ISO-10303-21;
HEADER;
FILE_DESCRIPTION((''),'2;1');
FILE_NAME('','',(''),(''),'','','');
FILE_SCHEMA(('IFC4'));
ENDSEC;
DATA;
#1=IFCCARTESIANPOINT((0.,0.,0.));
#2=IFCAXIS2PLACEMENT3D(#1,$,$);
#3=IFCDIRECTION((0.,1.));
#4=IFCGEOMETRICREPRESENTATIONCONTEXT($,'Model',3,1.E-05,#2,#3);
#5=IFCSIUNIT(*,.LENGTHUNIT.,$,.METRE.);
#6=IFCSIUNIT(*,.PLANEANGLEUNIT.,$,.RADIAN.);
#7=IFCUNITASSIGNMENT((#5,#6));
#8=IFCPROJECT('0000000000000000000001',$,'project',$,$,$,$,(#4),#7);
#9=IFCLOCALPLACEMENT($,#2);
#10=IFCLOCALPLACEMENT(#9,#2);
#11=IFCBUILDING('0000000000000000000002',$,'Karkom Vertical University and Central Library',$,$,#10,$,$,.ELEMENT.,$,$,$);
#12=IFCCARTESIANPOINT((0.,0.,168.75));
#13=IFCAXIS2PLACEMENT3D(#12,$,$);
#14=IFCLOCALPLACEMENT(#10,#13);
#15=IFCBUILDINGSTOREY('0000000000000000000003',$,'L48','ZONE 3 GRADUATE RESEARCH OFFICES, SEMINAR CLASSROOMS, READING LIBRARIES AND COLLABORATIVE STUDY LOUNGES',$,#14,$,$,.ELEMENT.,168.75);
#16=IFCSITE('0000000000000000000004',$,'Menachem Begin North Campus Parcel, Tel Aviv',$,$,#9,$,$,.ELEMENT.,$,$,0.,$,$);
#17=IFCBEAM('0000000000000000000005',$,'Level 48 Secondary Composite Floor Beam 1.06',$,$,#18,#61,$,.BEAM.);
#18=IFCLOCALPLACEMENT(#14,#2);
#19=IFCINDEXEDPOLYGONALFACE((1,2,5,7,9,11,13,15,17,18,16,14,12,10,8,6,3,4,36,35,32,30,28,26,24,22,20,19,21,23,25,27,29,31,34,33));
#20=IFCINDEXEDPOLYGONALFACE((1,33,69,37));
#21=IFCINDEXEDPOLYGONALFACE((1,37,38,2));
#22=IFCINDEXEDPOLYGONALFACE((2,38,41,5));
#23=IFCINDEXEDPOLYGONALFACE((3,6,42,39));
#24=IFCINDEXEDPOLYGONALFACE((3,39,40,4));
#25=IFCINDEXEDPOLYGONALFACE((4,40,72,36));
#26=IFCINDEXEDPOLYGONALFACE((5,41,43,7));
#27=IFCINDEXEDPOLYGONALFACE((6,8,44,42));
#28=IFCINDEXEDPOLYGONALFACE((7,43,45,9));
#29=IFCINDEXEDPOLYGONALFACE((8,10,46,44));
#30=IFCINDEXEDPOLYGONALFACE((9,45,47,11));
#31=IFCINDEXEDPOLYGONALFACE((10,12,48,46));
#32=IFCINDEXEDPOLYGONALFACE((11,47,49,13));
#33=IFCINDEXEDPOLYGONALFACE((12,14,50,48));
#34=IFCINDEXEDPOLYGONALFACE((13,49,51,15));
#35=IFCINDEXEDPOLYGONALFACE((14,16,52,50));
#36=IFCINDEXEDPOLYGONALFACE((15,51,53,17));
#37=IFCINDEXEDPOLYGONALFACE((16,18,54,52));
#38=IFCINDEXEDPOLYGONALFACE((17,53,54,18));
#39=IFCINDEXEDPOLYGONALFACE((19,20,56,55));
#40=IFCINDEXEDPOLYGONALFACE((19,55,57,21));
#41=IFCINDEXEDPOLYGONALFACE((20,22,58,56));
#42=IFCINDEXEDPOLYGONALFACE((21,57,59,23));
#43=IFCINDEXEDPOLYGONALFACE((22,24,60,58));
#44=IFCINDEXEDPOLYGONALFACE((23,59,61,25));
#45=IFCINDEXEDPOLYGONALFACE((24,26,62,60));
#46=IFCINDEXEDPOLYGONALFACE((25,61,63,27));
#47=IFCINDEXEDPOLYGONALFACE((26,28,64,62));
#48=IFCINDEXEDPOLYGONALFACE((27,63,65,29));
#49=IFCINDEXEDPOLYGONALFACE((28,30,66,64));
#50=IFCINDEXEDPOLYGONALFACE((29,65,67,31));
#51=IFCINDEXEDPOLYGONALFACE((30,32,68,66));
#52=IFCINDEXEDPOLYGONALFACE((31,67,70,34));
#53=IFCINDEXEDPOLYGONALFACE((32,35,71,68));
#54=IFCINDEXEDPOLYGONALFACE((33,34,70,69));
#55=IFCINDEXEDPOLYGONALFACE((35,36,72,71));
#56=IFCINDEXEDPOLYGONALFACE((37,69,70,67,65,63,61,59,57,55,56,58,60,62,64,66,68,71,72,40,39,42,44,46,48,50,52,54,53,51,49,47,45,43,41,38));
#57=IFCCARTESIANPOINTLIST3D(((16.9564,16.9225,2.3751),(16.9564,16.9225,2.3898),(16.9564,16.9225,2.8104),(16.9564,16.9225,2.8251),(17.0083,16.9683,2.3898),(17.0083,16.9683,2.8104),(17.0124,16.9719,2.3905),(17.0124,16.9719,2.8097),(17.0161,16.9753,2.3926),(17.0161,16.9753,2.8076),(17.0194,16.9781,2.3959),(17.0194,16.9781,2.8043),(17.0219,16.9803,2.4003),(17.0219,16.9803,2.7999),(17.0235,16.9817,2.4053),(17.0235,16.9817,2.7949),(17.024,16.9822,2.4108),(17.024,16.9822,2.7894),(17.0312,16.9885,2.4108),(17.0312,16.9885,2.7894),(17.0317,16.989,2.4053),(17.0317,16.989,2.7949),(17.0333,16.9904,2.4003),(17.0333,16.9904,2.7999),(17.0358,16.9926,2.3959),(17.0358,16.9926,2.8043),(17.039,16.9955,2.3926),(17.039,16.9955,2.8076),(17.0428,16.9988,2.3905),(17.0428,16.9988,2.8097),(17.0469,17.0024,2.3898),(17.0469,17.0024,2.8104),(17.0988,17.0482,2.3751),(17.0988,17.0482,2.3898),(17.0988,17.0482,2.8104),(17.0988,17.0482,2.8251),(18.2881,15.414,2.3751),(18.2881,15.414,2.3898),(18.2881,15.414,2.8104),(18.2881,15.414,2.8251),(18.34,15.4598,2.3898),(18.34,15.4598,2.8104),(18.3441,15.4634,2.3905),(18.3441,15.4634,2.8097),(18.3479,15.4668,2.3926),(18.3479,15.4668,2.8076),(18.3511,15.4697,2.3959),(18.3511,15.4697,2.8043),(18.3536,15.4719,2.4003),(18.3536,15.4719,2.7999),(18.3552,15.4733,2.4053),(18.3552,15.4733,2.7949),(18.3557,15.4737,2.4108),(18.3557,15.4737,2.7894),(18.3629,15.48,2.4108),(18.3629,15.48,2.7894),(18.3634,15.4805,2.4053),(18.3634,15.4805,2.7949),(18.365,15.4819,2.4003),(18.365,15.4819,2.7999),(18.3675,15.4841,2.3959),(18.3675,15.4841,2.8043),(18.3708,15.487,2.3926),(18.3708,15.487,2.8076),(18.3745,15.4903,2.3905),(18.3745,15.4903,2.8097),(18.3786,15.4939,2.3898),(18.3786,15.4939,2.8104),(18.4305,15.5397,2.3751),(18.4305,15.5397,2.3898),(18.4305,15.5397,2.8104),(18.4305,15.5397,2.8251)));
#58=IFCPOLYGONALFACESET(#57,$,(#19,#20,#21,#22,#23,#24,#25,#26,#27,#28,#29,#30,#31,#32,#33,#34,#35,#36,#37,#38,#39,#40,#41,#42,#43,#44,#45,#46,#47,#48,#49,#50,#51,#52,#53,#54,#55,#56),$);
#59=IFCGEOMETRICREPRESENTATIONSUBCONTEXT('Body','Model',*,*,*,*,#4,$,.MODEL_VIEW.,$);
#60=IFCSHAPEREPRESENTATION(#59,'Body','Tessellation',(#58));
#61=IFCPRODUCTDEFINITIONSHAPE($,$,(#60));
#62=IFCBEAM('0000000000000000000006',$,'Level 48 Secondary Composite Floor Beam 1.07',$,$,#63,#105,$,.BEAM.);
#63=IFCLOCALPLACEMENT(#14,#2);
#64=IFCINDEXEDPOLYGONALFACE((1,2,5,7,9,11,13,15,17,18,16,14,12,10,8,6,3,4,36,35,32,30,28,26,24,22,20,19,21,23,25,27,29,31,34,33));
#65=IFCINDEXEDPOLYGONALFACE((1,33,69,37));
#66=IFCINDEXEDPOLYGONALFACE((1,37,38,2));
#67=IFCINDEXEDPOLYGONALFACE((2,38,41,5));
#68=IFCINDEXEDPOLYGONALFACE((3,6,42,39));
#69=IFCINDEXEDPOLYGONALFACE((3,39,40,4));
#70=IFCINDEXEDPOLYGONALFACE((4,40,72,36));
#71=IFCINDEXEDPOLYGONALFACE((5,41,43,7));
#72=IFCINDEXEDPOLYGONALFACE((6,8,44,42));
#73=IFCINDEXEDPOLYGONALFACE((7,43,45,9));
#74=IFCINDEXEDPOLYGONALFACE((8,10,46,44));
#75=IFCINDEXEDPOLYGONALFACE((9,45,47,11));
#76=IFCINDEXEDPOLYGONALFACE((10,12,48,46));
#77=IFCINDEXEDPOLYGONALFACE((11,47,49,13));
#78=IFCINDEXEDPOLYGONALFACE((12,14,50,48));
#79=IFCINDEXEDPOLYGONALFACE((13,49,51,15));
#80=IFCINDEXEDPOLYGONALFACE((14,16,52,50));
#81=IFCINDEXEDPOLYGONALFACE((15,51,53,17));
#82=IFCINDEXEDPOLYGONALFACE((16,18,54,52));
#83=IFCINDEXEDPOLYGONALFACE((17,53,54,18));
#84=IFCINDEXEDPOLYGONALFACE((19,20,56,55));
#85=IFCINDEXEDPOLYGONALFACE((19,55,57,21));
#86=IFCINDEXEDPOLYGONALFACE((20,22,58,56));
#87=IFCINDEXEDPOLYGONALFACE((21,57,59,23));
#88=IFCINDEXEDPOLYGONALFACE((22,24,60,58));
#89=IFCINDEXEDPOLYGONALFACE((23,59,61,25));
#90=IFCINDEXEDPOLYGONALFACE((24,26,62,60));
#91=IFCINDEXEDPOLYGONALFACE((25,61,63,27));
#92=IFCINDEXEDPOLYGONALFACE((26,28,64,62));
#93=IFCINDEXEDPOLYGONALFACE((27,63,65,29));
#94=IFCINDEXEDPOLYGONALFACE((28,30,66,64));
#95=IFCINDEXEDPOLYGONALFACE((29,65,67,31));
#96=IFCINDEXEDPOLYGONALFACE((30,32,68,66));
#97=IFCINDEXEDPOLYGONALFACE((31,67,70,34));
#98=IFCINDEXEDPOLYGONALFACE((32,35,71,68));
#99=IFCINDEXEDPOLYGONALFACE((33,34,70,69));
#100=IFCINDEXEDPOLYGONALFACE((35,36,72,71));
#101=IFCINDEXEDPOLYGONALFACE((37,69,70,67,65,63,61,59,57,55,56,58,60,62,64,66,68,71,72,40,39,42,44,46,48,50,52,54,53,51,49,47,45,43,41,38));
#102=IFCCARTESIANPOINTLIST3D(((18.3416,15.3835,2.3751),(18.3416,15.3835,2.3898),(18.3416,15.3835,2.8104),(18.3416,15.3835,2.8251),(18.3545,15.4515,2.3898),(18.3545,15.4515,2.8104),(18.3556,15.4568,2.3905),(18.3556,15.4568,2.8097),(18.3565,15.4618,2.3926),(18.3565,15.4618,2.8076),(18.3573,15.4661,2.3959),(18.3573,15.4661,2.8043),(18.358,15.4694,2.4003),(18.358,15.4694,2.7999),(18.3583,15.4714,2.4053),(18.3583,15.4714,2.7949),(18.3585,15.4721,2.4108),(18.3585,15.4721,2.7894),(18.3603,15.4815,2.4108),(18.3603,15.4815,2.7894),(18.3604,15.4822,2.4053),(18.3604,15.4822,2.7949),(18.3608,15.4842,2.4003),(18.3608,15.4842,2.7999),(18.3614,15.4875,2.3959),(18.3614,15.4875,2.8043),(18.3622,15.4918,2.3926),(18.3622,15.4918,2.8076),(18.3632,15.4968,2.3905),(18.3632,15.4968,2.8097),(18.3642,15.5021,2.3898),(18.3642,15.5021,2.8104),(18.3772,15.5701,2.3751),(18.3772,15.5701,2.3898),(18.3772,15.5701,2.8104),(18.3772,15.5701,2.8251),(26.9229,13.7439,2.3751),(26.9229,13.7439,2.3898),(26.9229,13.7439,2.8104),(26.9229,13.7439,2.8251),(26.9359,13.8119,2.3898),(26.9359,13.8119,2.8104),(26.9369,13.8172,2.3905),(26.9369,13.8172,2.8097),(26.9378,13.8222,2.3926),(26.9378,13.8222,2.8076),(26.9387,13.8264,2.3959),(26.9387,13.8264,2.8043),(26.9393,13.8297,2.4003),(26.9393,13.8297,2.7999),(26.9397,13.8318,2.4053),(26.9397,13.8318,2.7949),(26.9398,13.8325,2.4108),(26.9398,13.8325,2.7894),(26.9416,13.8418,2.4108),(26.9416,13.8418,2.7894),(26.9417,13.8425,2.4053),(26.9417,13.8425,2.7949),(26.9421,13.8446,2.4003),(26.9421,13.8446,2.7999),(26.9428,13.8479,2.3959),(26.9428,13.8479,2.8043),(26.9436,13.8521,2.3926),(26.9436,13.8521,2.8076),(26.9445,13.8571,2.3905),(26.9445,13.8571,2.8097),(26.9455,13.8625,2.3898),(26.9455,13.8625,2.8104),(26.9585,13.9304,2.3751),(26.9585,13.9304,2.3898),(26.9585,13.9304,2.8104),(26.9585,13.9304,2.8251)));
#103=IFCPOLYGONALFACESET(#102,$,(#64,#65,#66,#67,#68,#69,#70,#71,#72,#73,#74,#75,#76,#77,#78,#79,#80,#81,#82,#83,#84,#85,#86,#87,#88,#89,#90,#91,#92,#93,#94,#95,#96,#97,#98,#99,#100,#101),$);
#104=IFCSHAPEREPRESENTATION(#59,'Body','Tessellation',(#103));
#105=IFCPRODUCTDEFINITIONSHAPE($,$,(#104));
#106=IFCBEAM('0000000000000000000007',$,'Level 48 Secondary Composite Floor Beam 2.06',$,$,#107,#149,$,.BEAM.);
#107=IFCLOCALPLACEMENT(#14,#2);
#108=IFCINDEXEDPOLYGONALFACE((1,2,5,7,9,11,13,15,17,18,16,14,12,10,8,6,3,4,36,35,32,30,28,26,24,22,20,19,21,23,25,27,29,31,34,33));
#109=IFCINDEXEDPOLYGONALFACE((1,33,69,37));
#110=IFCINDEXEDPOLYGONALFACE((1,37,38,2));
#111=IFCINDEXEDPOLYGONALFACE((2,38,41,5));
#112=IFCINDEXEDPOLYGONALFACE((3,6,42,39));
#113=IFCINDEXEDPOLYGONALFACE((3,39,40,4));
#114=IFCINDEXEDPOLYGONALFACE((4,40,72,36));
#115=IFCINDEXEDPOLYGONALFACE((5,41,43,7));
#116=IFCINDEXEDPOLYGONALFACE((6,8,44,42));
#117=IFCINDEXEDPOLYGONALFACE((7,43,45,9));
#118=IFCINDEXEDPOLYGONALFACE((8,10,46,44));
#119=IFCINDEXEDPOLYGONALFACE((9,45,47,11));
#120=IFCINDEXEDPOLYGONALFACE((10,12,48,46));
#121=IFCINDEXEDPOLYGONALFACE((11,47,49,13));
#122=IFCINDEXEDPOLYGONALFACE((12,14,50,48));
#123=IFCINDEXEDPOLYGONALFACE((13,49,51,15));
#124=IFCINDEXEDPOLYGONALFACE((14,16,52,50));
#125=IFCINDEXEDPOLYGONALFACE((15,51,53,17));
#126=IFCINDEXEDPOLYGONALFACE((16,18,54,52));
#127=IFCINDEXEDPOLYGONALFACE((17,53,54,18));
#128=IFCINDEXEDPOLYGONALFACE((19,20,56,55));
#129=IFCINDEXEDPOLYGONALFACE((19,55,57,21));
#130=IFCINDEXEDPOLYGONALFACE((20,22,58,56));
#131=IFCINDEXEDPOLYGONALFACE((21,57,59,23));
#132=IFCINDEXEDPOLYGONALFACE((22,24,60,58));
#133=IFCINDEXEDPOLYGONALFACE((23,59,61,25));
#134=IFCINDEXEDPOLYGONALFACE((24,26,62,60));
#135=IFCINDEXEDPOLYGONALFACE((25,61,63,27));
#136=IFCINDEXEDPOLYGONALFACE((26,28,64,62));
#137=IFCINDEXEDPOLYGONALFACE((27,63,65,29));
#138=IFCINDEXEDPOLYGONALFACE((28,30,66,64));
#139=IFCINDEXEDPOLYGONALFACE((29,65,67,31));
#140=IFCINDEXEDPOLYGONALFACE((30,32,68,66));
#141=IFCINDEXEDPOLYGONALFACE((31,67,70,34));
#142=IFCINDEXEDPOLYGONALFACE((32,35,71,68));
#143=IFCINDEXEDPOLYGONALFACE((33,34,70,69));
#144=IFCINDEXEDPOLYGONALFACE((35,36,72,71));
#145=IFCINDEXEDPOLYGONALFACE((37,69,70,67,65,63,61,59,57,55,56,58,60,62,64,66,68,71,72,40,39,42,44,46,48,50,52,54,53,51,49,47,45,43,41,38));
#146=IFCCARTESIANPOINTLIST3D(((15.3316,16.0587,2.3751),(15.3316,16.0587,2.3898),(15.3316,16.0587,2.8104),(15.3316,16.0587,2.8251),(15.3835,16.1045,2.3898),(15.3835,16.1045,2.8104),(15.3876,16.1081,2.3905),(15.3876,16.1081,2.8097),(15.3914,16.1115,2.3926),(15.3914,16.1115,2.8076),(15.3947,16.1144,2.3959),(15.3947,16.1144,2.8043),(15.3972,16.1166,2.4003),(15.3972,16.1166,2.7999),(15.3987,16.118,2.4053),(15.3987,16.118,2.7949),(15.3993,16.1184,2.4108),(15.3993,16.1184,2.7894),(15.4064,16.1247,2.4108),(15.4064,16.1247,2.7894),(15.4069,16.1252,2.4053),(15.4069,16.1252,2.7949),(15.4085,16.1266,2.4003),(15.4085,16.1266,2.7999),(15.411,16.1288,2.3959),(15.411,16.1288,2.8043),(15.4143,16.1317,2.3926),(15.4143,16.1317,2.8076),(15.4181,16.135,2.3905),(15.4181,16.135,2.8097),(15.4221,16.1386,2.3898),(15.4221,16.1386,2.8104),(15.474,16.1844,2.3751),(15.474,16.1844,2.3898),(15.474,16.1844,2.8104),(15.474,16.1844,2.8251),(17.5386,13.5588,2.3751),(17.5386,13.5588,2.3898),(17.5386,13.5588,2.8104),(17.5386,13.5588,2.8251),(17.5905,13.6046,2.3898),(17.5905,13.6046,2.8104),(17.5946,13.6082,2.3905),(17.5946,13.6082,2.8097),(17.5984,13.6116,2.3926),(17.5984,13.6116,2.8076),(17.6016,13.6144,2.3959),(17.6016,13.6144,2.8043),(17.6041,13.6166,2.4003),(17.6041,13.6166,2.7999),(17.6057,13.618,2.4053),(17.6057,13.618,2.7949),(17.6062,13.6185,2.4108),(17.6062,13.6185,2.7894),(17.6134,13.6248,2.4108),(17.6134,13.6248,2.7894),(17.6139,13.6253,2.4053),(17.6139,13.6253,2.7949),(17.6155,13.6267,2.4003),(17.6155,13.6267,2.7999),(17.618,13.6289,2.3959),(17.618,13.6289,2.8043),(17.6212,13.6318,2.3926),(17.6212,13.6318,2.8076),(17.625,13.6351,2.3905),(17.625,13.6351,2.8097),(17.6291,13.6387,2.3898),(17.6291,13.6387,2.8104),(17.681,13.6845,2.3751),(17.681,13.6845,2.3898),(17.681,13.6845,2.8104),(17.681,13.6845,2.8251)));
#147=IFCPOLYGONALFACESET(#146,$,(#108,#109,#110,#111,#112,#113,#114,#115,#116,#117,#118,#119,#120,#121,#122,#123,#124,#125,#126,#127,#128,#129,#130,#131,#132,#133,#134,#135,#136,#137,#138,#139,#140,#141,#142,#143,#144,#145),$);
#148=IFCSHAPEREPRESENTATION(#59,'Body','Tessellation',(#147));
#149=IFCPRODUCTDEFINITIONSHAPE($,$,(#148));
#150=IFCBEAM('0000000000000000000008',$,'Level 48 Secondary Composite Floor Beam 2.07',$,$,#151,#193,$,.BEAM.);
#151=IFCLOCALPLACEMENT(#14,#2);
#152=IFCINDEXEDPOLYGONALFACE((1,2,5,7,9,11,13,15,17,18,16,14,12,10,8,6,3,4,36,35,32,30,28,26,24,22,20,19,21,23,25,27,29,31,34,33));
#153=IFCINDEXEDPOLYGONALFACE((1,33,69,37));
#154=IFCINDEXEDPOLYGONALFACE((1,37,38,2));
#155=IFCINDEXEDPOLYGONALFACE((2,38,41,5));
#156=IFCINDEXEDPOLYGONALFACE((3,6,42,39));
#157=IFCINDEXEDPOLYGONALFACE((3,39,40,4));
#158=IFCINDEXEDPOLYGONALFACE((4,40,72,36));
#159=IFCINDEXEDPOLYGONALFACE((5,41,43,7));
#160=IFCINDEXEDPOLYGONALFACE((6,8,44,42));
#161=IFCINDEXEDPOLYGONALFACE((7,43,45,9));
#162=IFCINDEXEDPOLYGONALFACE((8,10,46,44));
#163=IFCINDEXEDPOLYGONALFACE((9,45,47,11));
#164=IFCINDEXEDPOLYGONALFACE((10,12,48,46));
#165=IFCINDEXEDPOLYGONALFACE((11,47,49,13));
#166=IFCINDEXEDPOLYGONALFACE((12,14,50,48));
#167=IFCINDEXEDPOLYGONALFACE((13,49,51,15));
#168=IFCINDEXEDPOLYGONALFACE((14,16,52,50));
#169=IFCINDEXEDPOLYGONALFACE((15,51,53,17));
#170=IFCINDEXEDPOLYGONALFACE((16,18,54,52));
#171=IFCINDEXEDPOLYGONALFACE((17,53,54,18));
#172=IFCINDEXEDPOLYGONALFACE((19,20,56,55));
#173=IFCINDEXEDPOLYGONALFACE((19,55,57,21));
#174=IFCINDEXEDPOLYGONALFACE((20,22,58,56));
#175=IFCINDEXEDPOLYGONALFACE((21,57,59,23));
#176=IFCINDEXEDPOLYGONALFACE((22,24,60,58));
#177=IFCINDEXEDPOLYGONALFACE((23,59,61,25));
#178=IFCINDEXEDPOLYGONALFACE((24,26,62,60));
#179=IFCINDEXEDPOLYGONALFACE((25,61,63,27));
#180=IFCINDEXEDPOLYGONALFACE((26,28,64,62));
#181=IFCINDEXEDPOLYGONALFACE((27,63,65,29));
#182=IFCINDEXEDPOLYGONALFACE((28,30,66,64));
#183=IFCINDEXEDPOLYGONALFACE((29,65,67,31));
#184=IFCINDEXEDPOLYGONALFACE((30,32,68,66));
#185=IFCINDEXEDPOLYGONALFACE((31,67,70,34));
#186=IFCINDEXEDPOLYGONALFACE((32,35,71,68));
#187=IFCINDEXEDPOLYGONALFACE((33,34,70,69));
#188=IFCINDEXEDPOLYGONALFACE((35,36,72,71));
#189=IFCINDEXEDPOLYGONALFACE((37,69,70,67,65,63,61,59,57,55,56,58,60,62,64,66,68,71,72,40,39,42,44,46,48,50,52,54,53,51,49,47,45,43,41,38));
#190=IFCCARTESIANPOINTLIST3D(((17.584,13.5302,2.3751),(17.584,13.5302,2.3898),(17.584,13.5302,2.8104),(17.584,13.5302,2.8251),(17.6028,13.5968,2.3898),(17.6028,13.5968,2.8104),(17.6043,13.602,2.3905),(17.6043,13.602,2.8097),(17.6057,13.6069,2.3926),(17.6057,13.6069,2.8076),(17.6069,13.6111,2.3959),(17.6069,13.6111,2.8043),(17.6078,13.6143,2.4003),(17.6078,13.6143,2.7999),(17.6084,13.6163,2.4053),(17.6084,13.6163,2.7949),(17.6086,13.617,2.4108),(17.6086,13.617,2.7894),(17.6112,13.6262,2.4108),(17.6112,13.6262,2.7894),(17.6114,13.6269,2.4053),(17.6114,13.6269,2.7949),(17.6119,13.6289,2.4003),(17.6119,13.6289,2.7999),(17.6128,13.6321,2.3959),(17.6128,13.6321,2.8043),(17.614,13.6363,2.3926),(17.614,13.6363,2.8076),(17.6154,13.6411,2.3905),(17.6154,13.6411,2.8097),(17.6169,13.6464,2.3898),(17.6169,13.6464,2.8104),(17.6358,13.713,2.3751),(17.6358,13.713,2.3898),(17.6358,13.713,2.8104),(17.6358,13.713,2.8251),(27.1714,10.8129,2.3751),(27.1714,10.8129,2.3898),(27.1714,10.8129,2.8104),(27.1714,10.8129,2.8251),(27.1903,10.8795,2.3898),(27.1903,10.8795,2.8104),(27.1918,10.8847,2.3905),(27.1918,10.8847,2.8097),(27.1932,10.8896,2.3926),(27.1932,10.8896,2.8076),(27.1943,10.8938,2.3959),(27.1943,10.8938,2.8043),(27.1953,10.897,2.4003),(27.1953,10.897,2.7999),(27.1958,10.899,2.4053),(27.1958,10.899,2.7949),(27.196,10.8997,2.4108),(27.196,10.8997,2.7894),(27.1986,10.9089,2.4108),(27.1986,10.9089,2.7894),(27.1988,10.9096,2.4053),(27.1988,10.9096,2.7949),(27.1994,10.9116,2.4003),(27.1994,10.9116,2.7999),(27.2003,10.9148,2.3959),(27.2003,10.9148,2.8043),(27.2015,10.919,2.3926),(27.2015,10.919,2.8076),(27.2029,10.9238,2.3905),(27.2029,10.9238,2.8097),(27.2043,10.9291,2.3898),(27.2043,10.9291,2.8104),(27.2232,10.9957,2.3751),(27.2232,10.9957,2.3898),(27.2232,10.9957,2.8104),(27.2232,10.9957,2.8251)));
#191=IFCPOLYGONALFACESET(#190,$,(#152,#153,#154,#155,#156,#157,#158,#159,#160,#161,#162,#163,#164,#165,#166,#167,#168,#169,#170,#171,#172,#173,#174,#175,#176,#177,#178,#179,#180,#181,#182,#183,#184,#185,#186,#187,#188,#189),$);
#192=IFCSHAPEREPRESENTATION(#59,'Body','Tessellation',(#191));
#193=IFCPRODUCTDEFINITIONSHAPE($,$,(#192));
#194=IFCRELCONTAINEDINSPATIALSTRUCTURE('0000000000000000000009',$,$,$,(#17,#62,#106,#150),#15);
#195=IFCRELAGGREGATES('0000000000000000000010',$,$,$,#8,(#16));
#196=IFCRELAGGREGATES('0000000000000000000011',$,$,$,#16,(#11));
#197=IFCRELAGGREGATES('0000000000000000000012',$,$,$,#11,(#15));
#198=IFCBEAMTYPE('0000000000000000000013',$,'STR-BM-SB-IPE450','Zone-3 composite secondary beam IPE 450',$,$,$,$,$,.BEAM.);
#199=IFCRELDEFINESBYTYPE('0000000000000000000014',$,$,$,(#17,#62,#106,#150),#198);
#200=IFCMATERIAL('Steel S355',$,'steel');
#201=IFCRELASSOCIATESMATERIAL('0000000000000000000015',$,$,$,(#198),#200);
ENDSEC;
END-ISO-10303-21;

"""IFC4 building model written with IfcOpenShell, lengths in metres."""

from ifc_helpers import new_model, si_unit, direction, frame, origin, origin_with_axes, origin_2d, place, context, subcontext, project, spatial, i_section, extrude, source, transform, mapped, material, material_profile, profile_set, type_object, element, save


model = new_model("IFC4")

# Units and contexts
model_context = context("Model", 3, precision=1e-05, world=origin(), true_north=direction((0.0, 1.0)))
body_context = subcontext(model_context, "Body", "Model", "MODEL_VIEW")
ifc_project = project(units=[si_unit("LENGTHUNIT", "METRE"), si_unit("PLANEANGLEUNIT", "RADIAN")], contexts=[model_context])

# Site, building, storey
site_placement = place(None, origin())
site = spatial("IfcSite", under=ifc_project, at=site_placement, Name="Menachem Begin North Campus Parcel, Tel Aviv", CompositionType="ELEMENT", RefElevation=0.0)
building_placement = place(site_placement, origin())
building = spatial("IfcBuilding", under=site, at=building_placement, Name="Karkom Vertical University and Central Library", CompositionType="ELEMENT")
storey_placement = place(building_placement, frame((0.0, 0.0, 168.75)))
storey = spatial("IfcBuildingStorey", under=building, at=storey_placement, Name="L48", Description="ZONE 3 GRADUATE RESEARCH OFFICES, SEMINAR CLASSROOMS, READING LIBRARIES AND COLLABORATIVE STUDY LOUNGES", CompositionType="ELEMENT", Elevation=168.75)

# Beams
ifc_material_1 = material(Name="Steel S355", Category="steel")
ifc_material_profile_1 = material_profile(ifc_material_1, i_section(OverallWidth=0.1899, OverallDepth=0.45, WebThickness=0.0095, FlangeThickness=0.0146, FilletRadius=0.021, at=origin_2d()), Name="IPE 450")
ifc_profile_set_1 = profile_set([ifc_material_profile_1], Name="Steel S355")
beam_type_1 = type_object("IfcBeamType", Name="STR-BM-SB-IPE450", Description="Zone-3 composite secondary beam IPE 450", PredefinedType="BEAM", material=ifc_profile_set_1)
shared_shape_1 = source(origin_with_axes(), body_context, "Body", "SweptSolid", [
    extrude(i_section(OverallWidth=0.1899, OverallDepth=0.45, WebThickness=0.0095, FlangeThickness=0.0146, FilletRadius=0.021, at=origin_2d()), origin(), (0.0, 0.0, 1.0), 2.0122),
])
beam_1_placement = place(storey_placement, frame((17.0276, 16.9854, 2.6001), z_axis=(0.661822, -0.749661, 0.0), x_axis=(0.749661, 0.661822, 0.0)))
element("IfcBeam", 1, at=beam_1_placement, inside=storey, type_object=beam_type_1, Name="Level 48 Secondary Composite Floor Beam 1.06", PredefinedType="BEAM", context=body_context, shape_type="MappedRepresentation", body=[
    mapped(shared_shape_1, transform((0.0, 0.0, 0.0), scale=1.0)),
])
shared_shape_2 = source(origin_with_axes(), body_context, "Body", "SweptSolid", [
    extrude(i_section(OverallWidth=0.1899, OverallDepth=0.45, WebThickness=0.0095, FlangeThickness=0.0146, FilletRadius=0.021, at=origin_2d()), origin(), (0.0, 0.0, 1.0), 8.7366),
])
beam_2_placement = place(storey_placement, frame((18.3594, 15.4768, 2.6001), z_axis=(0.982231, -0.187677, 0.0), x_axis=(0.187677, 0.982231, 0.0)))
element("IfcBeam", 2, at=beam_2_placement, inside=storey, type_object=beam_type_1, Name="Level 48 Secondary Composite Floor Beam 1.07", PredefinedType="BEAM", context=body_context, shape_type="MappedRepresentation", body=[
    mapped(shared_shape_2, transform((0.0, 0.0, 0.0), scale=1.0)),
])
shared_shape_3 = source(origin_with_axes(), body_context, "Body", "SweptSolid", [
    extrude(i_section(OverallWidth=0.1899, OverallDepth=0.45, WebThickness=0.0095, FlangeThickness=0.0146, FilletRadius=0.021, at=origin_2d()), origin(), (0.0, 0.0, 1.0), 3.3347),
])
beam_3_placement = place(storey_placement, frame((15.4028, 16.1216, 2.6001), z_axis=(0.661815, -0.749667, 0.0), x_axis=(0.749667, 0.661815, 0.0)))
element("IfcBeam", 3, at=beam_3_placement, inside=storey, type_object=beam_type_1, Name="Level 48 Secondary Composite Floor Beam 2.06", PredefinedType="BEAM", context=body_context, shape_type="MappedRepresentation", body=[
    mapped(shared_shape_3, transform((0.0, 0.0, 0.0), scale=1.0)),
])
shared_shape_4 = source(origin_with_axes(), body_context, "Body", "SweptSolid", [
    extrude(i_section(OverallWidth=0.1899, OverallDepth=0.45, WebThickness=0.0095, FlangeThickness=0.0146, FilletRadius=0.021, at=origin_2d()), origin(), (0.0, 0.0, 1.0), 9.9651),
])
beam_4_placement = place(storey_placement, frame((17.6099, 13.6216, 2.6001), z_axis=(0.962104, -0.272682, 0.0), x_axis=(0.272682, 0.962104, 0.0)))
element("IfcBeam", 4, at=beam_4_placement, inside=storey, type_object=beam_type_1, Name="Level 48 Secondary Composite Floor Beam 2.07", PredefinedType="BEAM", context=body_context, shape_type="MappedRepresentation", body=[
    mapped(shared_shape_4, transform((0.0, 0.0, 0.0), scale=1.0)),
])

save(model, "model.ifc")
